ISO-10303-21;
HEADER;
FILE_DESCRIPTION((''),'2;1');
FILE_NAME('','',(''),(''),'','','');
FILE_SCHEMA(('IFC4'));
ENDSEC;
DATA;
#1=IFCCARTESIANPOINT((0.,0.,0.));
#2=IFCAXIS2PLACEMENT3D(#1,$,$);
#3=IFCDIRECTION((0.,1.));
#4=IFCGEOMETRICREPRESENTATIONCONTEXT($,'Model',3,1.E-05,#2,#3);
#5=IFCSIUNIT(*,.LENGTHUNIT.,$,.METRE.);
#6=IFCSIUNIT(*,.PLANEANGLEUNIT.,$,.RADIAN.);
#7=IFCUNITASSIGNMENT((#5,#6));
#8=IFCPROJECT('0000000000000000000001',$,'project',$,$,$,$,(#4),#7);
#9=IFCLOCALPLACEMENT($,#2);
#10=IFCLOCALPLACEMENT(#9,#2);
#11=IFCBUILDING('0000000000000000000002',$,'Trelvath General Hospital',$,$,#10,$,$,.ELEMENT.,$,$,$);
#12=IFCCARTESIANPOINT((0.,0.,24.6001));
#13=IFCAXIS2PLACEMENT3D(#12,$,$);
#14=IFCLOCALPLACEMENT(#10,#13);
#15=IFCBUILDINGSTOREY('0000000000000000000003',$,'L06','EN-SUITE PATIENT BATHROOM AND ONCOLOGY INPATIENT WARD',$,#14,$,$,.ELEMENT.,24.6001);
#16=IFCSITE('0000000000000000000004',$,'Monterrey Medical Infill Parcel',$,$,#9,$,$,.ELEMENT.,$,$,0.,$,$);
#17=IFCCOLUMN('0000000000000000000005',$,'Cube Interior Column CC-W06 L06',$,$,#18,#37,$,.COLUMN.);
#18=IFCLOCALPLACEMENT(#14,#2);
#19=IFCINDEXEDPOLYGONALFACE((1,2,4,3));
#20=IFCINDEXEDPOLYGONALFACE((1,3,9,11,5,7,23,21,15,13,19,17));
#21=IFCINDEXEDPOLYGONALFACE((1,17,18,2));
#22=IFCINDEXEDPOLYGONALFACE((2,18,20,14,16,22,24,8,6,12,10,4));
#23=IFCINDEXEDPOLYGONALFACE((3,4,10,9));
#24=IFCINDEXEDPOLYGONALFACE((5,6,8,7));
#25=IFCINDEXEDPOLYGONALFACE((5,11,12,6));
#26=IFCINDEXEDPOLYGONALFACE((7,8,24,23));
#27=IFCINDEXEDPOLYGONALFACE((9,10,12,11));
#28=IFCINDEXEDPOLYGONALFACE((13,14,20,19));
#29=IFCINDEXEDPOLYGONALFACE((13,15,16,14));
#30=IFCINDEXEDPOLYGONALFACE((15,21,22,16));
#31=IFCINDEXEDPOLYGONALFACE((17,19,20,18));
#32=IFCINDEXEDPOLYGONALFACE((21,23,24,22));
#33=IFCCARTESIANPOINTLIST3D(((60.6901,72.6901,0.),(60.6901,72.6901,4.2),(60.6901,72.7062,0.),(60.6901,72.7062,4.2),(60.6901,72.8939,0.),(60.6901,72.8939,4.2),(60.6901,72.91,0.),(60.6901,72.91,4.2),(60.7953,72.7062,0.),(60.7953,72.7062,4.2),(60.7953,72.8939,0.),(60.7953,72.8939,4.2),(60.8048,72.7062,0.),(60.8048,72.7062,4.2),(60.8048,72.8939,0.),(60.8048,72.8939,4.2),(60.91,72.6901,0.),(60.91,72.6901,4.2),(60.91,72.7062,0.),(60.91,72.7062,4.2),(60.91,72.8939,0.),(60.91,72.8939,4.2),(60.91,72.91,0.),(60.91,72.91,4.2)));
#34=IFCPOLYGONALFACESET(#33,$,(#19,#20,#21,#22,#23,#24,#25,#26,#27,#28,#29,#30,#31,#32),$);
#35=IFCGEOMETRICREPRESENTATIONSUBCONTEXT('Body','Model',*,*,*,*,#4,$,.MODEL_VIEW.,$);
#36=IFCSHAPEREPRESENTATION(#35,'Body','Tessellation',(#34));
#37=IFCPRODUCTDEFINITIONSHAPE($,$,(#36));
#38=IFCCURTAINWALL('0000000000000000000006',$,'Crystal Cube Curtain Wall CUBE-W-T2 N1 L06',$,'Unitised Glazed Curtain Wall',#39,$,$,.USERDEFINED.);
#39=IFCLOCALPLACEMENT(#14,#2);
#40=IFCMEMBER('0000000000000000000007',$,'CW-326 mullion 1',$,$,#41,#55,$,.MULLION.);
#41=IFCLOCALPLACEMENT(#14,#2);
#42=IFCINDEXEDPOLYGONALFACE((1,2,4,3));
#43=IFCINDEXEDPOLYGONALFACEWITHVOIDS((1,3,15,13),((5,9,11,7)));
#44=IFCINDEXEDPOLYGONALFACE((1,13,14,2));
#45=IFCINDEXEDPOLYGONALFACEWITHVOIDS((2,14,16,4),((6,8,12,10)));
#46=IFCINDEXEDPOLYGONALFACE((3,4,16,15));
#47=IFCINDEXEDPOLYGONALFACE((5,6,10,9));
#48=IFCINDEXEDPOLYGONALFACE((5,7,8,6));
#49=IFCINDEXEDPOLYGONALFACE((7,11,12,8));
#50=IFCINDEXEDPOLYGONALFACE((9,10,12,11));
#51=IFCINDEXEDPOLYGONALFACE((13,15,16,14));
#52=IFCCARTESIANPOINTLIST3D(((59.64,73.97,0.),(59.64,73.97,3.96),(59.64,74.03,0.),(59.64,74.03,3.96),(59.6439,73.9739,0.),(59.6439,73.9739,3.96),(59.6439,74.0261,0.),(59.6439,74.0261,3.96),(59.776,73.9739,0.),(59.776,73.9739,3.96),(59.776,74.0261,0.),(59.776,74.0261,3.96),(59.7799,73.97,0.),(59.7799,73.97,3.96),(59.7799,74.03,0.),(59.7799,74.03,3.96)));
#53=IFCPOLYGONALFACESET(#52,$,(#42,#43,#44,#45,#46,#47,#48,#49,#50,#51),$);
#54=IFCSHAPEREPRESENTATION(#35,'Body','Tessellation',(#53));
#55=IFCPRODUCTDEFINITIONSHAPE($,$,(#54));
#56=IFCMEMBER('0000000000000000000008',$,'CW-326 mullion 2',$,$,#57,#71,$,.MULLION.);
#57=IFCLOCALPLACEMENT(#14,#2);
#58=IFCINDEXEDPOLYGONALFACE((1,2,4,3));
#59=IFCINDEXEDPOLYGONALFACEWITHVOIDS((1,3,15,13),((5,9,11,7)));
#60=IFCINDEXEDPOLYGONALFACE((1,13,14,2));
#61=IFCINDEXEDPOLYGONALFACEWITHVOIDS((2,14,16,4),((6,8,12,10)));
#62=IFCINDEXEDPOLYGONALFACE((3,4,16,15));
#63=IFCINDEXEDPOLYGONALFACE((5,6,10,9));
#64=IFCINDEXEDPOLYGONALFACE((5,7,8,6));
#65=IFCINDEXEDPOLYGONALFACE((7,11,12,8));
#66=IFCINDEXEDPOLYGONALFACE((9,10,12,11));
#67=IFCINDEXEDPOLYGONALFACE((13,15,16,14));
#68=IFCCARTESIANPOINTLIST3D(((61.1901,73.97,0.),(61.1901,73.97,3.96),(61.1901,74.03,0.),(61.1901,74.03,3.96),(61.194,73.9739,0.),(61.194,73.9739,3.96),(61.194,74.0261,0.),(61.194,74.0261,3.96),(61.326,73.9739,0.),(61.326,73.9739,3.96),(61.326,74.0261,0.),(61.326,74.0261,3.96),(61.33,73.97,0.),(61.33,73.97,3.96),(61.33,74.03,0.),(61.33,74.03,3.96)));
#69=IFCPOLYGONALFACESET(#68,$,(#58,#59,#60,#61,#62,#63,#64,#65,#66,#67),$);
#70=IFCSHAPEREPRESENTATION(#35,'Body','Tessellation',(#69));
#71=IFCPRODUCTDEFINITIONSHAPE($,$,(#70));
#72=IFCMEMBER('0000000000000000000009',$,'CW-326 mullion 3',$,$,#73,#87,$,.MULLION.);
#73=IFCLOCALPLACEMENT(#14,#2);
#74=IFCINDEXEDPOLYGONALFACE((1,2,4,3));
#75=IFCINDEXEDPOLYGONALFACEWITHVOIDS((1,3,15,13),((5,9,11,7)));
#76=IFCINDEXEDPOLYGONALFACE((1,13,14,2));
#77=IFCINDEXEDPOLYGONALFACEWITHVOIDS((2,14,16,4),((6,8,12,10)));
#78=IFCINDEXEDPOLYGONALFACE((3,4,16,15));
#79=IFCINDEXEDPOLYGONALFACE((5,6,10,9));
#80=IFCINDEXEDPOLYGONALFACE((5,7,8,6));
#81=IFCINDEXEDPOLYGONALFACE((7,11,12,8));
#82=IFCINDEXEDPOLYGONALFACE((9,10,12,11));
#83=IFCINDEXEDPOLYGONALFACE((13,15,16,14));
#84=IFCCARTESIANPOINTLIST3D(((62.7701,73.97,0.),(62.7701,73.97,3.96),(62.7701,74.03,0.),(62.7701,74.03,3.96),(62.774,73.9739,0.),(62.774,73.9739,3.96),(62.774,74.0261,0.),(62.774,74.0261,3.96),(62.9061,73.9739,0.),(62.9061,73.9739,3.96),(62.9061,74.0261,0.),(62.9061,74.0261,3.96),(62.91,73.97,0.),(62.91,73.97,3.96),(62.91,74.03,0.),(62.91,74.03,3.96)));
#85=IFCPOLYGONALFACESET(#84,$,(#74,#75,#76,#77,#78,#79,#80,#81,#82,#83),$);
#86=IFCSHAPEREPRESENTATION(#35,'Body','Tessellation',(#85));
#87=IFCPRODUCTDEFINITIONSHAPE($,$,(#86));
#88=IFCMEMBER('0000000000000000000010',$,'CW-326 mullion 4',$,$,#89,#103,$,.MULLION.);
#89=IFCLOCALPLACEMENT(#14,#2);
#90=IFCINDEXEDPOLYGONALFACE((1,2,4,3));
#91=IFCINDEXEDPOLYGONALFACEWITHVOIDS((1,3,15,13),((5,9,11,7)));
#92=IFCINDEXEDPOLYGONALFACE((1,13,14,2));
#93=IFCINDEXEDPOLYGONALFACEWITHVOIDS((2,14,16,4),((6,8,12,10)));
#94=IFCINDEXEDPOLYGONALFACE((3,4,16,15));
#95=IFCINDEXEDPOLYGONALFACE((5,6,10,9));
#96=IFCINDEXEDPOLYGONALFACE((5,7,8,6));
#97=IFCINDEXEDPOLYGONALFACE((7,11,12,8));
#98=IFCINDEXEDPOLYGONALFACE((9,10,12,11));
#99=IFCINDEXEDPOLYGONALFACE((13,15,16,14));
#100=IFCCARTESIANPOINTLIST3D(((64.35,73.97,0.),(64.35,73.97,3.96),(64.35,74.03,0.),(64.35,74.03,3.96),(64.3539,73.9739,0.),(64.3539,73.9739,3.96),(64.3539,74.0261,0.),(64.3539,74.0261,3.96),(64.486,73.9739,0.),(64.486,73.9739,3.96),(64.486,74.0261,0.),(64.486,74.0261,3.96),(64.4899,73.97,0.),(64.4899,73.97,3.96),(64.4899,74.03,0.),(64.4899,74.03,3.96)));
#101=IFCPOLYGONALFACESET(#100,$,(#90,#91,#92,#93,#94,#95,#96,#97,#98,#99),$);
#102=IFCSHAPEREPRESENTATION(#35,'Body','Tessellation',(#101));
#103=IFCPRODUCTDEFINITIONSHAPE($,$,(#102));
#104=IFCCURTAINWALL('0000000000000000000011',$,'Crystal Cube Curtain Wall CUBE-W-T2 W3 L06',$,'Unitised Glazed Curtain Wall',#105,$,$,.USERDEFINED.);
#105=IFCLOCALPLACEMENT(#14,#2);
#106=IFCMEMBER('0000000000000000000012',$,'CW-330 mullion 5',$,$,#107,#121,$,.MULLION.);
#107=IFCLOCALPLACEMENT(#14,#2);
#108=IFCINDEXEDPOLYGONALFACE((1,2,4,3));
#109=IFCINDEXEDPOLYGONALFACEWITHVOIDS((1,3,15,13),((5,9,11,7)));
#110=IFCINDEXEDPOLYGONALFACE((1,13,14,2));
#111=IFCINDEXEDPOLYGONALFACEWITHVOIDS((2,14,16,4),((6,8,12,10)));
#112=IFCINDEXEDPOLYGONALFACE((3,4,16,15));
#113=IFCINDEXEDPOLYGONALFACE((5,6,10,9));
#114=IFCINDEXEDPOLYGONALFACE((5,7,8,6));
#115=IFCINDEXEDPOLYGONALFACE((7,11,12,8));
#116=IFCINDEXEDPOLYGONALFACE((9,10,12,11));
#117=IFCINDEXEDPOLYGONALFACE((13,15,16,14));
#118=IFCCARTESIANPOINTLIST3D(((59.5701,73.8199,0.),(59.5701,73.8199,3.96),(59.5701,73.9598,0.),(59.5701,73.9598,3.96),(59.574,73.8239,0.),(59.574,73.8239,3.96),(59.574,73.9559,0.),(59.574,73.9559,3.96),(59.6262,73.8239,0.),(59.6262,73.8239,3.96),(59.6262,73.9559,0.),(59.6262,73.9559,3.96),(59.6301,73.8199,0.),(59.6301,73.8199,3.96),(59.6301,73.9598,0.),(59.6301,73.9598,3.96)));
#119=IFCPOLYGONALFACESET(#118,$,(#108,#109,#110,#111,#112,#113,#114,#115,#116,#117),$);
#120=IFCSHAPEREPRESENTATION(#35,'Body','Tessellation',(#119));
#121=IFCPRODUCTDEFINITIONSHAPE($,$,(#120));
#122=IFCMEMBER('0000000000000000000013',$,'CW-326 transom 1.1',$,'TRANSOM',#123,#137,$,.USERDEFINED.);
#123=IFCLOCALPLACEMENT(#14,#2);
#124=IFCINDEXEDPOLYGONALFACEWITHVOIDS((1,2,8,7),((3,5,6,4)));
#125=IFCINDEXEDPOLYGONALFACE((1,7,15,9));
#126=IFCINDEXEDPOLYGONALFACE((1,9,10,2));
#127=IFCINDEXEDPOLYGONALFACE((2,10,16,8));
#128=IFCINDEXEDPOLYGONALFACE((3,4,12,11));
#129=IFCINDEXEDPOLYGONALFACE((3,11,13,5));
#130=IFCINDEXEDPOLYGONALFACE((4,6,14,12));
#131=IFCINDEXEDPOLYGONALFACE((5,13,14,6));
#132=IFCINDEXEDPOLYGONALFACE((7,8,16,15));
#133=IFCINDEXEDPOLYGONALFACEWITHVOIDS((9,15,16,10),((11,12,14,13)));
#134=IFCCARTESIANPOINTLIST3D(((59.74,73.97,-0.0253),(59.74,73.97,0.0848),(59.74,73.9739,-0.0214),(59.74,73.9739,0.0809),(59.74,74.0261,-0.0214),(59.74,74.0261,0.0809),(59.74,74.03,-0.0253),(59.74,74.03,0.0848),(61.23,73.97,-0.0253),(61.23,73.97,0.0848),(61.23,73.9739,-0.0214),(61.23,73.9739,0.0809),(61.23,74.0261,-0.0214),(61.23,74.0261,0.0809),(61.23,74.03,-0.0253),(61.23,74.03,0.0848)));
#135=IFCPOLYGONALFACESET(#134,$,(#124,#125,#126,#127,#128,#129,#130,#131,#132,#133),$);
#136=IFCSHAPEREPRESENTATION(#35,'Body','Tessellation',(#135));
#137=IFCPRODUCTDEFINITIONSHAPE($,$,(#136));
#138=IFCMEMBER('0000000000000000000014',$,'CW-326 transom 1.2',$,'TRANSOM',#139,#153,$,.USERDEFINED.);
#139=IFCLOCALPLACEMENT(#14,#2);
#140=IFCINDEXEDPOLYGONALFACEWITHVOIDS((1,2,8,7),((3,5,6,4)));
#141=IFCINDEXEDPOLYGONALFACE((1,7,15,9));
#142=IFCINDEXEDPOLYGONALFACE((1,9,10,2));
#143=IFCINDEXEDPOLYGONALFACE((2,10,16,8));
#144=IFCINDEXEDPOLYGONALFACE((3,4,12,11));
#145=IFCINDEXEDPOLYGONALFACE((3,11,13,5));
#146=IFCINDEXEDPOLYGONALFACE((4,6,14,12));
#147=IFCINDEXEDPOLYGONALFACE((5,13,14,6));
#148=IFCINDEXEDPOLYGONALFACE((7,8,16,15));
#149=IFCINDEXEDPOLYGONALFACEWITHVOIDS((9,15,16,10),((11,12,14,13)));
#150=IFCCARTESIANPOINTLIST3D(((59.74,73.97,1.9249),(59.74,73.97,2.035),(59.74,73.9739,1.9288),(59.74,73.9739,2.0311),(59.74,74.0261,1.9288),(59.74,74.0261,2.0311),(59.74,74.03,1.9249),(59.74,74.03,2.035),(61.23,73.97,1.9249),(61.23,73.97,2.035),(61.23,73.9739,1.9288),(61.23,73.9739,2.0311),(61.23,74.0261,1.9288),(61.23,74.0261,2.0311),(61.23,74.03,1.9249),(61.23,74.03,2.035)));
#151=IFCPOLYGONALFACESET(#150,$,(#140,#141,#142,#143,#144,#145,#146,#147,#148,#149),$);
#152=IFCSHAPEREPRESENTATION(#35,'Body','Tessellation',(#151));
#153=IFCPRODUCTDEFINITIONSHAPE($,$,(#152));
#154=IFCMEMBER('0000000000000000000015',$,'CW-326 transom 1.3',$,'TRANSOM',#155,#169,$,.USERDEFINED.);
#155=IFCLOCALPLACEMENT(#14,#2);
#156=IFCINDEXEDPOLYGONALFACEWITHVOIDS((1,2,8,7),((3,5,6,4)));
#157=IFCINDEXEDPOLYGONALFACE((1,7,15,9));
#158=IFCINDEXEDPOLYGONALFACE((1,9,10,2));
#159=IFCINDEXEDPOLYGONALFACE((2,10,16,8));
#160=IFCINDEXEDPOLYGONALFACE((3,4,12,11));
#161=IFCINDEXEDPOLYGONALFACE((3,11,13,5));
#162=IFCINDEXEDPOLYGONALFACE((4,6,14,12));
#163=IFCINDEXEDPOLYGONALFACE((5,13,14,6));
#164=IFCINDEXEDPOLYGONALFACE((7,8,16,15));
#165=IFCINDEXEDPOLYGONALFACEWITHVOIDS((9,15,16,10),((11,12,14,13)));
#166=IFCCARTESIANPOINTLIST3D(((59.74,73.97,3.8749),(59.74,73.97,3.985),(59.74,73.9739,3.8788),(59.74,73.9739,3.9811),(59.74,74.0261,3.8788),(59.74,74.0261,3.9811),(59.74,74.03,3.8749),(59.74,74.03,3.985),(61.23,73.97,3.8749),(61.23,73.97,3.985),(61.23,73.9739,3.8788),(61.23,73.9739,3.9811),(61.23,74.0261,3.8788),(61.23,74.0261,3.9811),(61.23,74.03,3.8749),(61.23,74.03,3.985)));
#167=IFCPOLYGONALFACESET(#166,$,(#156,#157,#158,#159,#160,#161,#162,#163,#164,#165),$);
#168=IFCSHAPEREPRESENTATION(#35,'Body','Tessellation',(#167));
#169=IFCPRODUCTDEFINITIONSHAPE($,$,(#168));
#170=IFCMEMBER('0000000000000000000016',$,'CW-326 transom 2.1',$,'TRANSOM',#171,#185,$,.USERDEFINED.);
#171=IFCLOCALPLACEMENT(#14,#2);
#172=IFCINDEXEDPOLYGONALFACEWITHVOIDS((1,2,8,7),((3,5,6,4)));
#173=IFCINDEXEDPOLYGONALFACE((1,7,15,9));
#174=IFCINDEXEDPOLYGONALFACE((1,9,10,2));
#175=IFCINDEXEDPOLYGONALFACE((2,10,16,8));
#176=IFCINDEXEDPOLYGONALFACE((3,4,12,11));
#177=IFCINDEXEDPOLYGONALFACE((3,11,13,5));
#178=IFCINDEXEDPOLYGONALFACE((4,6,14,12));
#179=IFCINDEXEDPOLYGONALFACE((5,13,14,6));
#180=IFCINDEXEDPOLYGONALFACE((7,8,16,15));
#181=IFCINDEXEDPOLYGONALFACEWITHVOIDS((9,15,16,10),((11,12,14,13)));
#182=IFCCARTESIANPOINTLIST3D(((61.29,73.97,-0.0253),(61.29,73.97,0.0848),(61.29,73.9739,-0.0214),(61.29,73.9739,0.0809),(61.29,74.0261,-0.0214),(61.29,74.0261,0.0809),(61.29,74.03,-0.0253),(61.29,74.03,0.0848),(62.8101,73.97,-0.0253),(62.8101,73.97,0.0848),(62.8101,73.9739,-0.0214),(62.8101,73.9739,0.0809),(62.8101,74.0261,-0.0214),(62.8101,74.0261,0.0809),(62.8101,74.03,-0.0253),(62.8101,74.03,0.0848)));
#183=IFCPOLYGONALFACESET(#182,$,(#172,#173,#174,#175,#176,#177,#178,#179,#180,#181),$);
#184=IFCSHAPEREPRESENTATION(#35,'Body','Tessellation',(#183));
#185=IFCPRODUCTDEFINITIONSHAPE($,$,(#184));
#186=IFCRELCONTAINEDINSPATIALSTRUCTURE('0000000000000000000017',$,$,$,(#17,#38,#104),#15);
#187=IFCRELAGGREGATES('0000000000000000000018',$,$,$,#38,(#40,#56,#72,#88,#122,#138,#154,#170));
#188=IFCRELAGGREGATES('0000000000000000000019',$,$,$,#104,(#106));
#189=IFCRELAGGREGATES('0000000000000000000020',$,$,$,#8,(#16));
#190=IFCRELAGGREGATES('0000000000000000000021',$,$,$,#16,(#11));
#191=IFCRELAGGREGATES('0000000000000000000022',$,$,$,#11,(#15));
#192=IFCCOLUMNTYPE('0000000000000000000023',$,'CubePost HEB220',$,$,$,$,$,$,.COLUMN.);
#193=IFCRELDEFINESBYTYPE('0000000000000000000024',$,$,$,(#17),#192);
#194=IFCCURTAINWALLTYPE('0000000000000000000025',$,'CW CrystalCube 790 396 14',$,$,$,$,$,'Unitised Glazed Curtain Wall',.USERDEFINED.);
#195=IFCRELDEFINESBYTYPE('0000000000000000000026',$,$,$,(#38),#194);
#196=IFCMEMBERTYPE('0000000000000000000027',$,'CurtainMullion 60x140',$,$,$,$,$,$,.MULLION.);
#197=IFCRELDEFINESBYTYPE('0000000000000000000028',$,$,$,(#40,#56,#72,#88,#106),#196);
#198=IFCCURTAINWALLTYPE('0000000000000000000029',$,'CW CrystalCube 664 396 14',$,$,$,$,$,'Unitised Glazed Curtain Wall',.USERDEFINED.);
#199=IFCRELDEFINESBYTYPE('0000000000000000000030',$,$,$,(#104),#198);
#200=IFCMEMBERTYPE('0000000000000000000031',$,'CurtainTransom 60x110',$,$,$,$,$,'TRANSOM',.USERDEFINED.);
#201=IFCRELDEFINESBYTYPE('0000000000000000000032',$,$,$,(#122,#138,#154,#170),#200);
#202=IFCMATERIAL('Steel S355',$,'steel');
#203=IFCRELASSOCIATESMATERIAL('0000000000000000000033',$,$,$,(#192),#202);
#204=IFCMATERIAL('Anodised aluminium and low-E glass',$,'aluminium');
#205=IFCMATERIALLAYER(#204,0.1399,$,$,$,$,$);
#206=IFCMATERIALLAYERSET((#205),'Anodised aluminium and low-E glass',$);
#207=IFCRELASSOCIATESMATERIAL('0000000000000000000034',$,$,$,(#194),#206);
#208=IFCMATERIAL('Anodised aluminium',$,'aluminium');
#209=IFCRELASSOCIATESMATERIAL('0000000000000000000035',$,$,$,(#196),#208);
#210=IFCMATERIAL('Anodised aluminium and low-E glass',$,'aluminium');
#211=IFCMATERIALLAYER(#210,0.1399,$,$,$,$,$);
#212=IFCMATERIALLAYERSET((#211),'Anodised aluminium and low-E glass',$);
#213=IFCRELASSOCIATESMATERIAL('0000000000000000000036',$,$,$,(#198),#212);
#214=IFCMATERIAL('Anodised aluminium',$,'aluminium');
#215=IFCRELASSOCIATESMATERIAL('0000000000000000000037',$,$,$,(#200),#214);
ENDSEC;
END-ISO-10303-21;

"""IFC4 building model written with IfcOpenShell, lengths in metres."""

from ifc_helpers import new_model, si_unit, direction, frame, origin, origin_2d, place, context, subcontext, project, spatial, hollow_rectangle, i_section, extrude, material, layer, layer_set, material_profile, profile_set, type_object, element, aggregate, save


model = new_model("IFC4")

# Units and contexts
model_context = context("Model", 3, precision=1e-05, world=origin(), true_north=direction((0.0, 1.0)))
body_context = subcontext(model_context, "Body", "Model", "MODEL_VIEW")
ifc_project = project(units=[si_unit("LENGTHUNIT", "METRE"), si_unit("PLANEANGLEUNIT", "RADIAN")], contexts=[model_context])

# Site, building, storey
site_placement = place(None, origin())
site = spatial("IfcSite", under=ifc_project, at=site_placement, Name="Monterrey Medical Infill Parcel", CompositionType="ELEMENT", RefElevation=0.0)
building_placement = place(site_placement, origin())
building = spatial("IfcBuilding", under=site, at=building_placement, Name="Trelvath General Hospital", CompositionType="ELEMENT")
storey_placement = place(building_placement, frame((0.0, 0.0, 24.6001)))
storey = spatial("IfcBuildingStorey", under=building, at=storey_placement, Name="L06", Description="EN-SUITE PATIENT BATHROOM AND ONCOLOGY INPATIENT WARD", CompositionType="ELEMENT", Elevation=24.6001)

# Column
ifc_material_1 = material(Name="Steel S355", Category="steel")
ifc_material_profile_1 = material_profile(ifc_material_1, i_section(OverallWidth=0.22, OverallDepth=0.22, WebThickness=0.0095, FlangeThickness=0.0161, at=origin_2d()), Name="HEB220")
ifc_profile_set_1 = profile_set([ifc_material_profile_1], Name="Steel S355")
column_type = type_object("IfcColumnType", Name="CubePost HEB220", PredefinedType="COLUMN", material=ifc_profile_set_1)
column_placement = place(storey_placement, frame((60.8, 72.8, 0.0), z_axis=(0.0, 0.0, 1.0), x_axis=(1.0, 0.0, 0.0)))
element("IfcColumn", 1, at=column_placement, inside=storey, type_object=column_type, Name="Cube Interior Column CC-W06 L06", PredefinedType="COLUMN", context=body_context, shape_type="SweptSolid", body=[
    extrude(i_section(OverallWidth=0.22, OverallDepth=0.22, WebThickness=0.0095, FlangeThickness=0.0161, at=origin_2d()), origin(), (0.0, 0.0, 1.0), 4.2),
])

# Curtain wall, members
ifc_material_2 = material(Name="Anodised aluminium and low-E glass", Category="aluminium")
ifc_layer_1 = layer(ifc_material_2, 0.1399)
ifc_layer_set_1 = layer_set([ifc_layer_1], Name="Anodised aluminium and low-E glass")
curtain_wall_type_1 = type_object("IfcCurtainWallType", Name="CW CrystalCube 790 396 14", ElementType="Unitised Glazed Curtain Wall", PredefinedType="USERDEFINED", material=ifc_layer_set_1)
curtain_wall_1_placement = place(storey_placement, origin())
curtain_wall_1 = element("IfcCurtainWall", 2, at=curtain_wall_1_placement, inside=storey, type_object=curtain_wall_type_1, Name="Crystal Cube Curtain Wall CUBE-W-T2 N1 L06", ObjectType="Unitised Glazed Curtain Wall", PredefinedType="USERDEFINED")
ifc_material_3 = material(Name="Anodised aluminium", Category="aluminium")
ifc_material_profile_2 = material_profile(ifc_material_3, hollow_rectangle(XDim=0.0601, YDim=0.1399, WallThickness=0.0039, at=origin_2d()), Name="RHS60x140x4")
ifc_profile_set_2 = profile_set([ifc_material_profile_2], Name="Anodised aluminium")
member_type_1 = type_object("IfcMemberType", Name="CurtainMullion 60x140", PredefinedType="MULLION", material=ifc_profile_set_2)
member_1_placement = place(storey_placement, frame((59.71, 74.0, 0.0), z_axis=(0.0, 0.0, 1.0), x_axis=(0.0, 1.0, 0.0)))
member_1 = element("IfcMember", 3, at=member_1_placement, type_object=member_type_1, Name="CW-326 mullion 1", PredefinedType="MULLION", context=body_context, shape_type="SweptSolid", body=[
    extrude(hollow_rectangle(XDim=0.0601, YDim=0.1399, WallThickness=0.0039, at=origin_2d()), origin(), (0.0, 0.0, 1.0), 3.96),
])
member_2_placement = place(storey_placement, frame((61.26, 74.0, 0.0), z_axis=(0.0, 0.0, 1.0), x_axis=(0.0, 1.0, 0.0)))
member_2 = element("IfcMember", 4, at=member_2_placement, type_object=member_type_1, Name="CW-326 mullion 2", PredefinedType="MULLION", context=body_context, shape_type="SweptSolid", body=[
    extrude(hollow_rectangle(XDim=0.0601, YDim=0.1399, WallThickness=0.0039, at=origin_2d()), origin(), (0.0, 0.0, 1.0), 3.96),
])
member_3_placement = place(storey_placement, frame((62.8401, 74.0, 0.0), z_axis=(0.0, 0.0, 1.0), x_axis=(0.0, 1.0, 0.0)))
member_3 = element("IfcMember", 5, at=member_3_placement, type_object=member_type_1, Name="CW-326 mullion 3", PredefinedType="MULLION", context=body_context, shape_type="SweptSolid", body=[
    extrude(hollow_rectangle(XDim=0.0601, YDim=0.1399, WallThickness=0.0039, at=origin_2d()), origin(), (0.0, 0.0, 1.0), 3.96),
])
member_4_placement = place(storey_placement, frame((64.4199, 74.0, 0.0), z_axis=(0.0, 0.0, 1.0), x_axis=(0.0, 1.0, 0.0)))
member_4 = element("IfcMember", 6, at=member_4_placement, type_object=member_type_1, Name="CW-326 mullion 4", PredefinedType="MULLION", context=body_context, shape_type="SweptSolid", body=[
    extrude(hollow_rectangle(XDim=0.0601, YDim=0.1399, WallThickness=0.0039, at=origin_2d()), origin(), (0.0, 0.0, 1.0), 3.96),
])

# Curtain wall, member
ifc_material_4 = material(Name="Anodised aluminium and low-E glass", Category="aluminium")
ifc_layer_2 = layer(ifc_material_4, 0.1399)
ifc_layer_set_2 = layer_set([ifc_layer_2], Name="Anodised aluminium and low-E glass")
curtain_wall_type_2 = type_object("IfcCurtainWallType", Name="CW CrystalCube 664 396 14", ElementType="Unitised Glazed Curtain Wall", PredefinedType="USERDEFINED", material=ifc_layer_set_2)
curtain_wall_2_placement = place(storey_placement, origin())
curtain_wall_2 = element("IfcCurtainWall", 7, at=curtain_wall_2_placement, inside=storey, type_object=curtain_wall_type_2, Name="Crystal Cube Curtain Wall CUBE-W-T2 W3 L06", ObjectType="Unitised Glazed Curtain Wall", PredefinedType="USERDEFINED")
member_5_placement = place(storey_placement, frame((59.6001, 73.8899, 0.0), z_axis=(0.0, 0.0, 1.0), x_axis=(-1.0, 0.0, 0.0)))
member_5 = element("IfcMember", 8, at=member_5_placement, type_object=member_type_1, Name="CW-330 mullion 5", PredefinedType="MULLION", context=body_context, shape_type="SweptSolid", body=[
    extrude(hollow_rectangle(XDim=0.0601, YDim=0.1399, WallThickness=0.0039, at=origin_2d()), origin(), (0.0, 0.0, 1.0), 3.96),
])

# Members
ifc_material_5 = material(Name="Anodised aluminium", Category="aluminium")
ifc_material_profile_3 = material_profile(ifc_material_5, hollow_rectangle(XDim=0.0601, YDim=0.1101, WallThickness=0.0039, at=origin_2d()), Name="RHS60x110x4")
ifc_profile_set_3 = profile_set([ifc_material_profile_3], Name="Anodised aluminium")
member_type_2 = type_object("IfcMemberType", Name="CurtainTransom 60x110", ElementType="TRANSOM", PredefinedType="USERDEFINED", material=ifc_profile_set_3)
member_6_placement = place(storey_placement, frame((59.74, 74.0, 0.0298), z_axis=(1.0, 0.0, 0.0), x_axis=(0.0, 1.0, 0.0)))
member_6 = element("IfcMember", 9, at=member_6_placement, type_object=member_type_2, Name="CW-326 transom 1.1", ObjectType="TRANSOM", PredefinedType="USERDEFINED", context=body_context, shape_type="SweptSolid", body=[
    extrude(hollow_rectangle(XDim=0.0601, YDim=0.1101, WallThickness=0.0039, at=origin_2d()), origin(), (0.0, 0.0, 1.0), 1.49),
])
member_7_placement = place(storey_placement, frame((59.74, 74.0, 1.98), z_axis=(1.0, 0.0, 0.0), x_axis=(0.0, 1.0, 0.0)))
member_7 = element("IfcMember", 10, at=member_7_placement, type_object=member_type_2, Name="CW-326 transom 1.2", ObjectType="TRANSOM", PredefinedType="USERDEFINED", context=body_context, shape_type="SweptSolid", body=[
    extrude(hollow_rectangle(XDim=0.0601, YDim=0.1101, WallThickness=0.0039, at=origin_2d()), origin(), (0.0, 0.0, 1.0), 1.49),
])
member_8_placement = place(storey_placement, frame((59.74, 74.0, 3.9299), z_axis=(1.0, 0.0, 0.0), x_axis=(0.0, 1.0, 0.0)))
member_8 = element("IfcMember", 11, at=member_8_placement, type_object=member_type_2, Name="CW-326 transom 1.3", ObjectType="TRANSOM", PredefinedType="USERDEFINED", context=body_context, shape_type="SweptSolid", body=[
    extrude(hollow_rectangle(XDim=0.0601, YDim=0.1101, WallThickness=0.0039, at=origin_2d()), origin(), (0.0, 0.0, 1.0), 1.49),
])
member_9_placement = place(storey_placement, frame((61.29, 74.0, 0.0298), z_axis=(1.0, 0.0, 0.0), x_axis=(0.0, 1.0, 0.0)))
member_9 = element("IfcMember", 12, at=member_9_placement, type_object=member_type_2, Name="CW-326 transom 2.1", ObjectType="TRANSOM", PredefinedType="USERDEFINED", context=body_context, shape_type="SweptSolid", body=[
    extrude(hollow_rectangle(XDim=0.0601, YDim=0.1101, WallThickness=0.0039, at=origin_2d()), origin(), (0.0, 0.0, 1.0), 1.52),
])

aggregate(curtain_wall_1, [member_1, member_2, member_3, member_4, member_6, member_7, member_8, member_9])
aggregate(curtain_wall_2, [member_5])

save(model, "model.ifc")
